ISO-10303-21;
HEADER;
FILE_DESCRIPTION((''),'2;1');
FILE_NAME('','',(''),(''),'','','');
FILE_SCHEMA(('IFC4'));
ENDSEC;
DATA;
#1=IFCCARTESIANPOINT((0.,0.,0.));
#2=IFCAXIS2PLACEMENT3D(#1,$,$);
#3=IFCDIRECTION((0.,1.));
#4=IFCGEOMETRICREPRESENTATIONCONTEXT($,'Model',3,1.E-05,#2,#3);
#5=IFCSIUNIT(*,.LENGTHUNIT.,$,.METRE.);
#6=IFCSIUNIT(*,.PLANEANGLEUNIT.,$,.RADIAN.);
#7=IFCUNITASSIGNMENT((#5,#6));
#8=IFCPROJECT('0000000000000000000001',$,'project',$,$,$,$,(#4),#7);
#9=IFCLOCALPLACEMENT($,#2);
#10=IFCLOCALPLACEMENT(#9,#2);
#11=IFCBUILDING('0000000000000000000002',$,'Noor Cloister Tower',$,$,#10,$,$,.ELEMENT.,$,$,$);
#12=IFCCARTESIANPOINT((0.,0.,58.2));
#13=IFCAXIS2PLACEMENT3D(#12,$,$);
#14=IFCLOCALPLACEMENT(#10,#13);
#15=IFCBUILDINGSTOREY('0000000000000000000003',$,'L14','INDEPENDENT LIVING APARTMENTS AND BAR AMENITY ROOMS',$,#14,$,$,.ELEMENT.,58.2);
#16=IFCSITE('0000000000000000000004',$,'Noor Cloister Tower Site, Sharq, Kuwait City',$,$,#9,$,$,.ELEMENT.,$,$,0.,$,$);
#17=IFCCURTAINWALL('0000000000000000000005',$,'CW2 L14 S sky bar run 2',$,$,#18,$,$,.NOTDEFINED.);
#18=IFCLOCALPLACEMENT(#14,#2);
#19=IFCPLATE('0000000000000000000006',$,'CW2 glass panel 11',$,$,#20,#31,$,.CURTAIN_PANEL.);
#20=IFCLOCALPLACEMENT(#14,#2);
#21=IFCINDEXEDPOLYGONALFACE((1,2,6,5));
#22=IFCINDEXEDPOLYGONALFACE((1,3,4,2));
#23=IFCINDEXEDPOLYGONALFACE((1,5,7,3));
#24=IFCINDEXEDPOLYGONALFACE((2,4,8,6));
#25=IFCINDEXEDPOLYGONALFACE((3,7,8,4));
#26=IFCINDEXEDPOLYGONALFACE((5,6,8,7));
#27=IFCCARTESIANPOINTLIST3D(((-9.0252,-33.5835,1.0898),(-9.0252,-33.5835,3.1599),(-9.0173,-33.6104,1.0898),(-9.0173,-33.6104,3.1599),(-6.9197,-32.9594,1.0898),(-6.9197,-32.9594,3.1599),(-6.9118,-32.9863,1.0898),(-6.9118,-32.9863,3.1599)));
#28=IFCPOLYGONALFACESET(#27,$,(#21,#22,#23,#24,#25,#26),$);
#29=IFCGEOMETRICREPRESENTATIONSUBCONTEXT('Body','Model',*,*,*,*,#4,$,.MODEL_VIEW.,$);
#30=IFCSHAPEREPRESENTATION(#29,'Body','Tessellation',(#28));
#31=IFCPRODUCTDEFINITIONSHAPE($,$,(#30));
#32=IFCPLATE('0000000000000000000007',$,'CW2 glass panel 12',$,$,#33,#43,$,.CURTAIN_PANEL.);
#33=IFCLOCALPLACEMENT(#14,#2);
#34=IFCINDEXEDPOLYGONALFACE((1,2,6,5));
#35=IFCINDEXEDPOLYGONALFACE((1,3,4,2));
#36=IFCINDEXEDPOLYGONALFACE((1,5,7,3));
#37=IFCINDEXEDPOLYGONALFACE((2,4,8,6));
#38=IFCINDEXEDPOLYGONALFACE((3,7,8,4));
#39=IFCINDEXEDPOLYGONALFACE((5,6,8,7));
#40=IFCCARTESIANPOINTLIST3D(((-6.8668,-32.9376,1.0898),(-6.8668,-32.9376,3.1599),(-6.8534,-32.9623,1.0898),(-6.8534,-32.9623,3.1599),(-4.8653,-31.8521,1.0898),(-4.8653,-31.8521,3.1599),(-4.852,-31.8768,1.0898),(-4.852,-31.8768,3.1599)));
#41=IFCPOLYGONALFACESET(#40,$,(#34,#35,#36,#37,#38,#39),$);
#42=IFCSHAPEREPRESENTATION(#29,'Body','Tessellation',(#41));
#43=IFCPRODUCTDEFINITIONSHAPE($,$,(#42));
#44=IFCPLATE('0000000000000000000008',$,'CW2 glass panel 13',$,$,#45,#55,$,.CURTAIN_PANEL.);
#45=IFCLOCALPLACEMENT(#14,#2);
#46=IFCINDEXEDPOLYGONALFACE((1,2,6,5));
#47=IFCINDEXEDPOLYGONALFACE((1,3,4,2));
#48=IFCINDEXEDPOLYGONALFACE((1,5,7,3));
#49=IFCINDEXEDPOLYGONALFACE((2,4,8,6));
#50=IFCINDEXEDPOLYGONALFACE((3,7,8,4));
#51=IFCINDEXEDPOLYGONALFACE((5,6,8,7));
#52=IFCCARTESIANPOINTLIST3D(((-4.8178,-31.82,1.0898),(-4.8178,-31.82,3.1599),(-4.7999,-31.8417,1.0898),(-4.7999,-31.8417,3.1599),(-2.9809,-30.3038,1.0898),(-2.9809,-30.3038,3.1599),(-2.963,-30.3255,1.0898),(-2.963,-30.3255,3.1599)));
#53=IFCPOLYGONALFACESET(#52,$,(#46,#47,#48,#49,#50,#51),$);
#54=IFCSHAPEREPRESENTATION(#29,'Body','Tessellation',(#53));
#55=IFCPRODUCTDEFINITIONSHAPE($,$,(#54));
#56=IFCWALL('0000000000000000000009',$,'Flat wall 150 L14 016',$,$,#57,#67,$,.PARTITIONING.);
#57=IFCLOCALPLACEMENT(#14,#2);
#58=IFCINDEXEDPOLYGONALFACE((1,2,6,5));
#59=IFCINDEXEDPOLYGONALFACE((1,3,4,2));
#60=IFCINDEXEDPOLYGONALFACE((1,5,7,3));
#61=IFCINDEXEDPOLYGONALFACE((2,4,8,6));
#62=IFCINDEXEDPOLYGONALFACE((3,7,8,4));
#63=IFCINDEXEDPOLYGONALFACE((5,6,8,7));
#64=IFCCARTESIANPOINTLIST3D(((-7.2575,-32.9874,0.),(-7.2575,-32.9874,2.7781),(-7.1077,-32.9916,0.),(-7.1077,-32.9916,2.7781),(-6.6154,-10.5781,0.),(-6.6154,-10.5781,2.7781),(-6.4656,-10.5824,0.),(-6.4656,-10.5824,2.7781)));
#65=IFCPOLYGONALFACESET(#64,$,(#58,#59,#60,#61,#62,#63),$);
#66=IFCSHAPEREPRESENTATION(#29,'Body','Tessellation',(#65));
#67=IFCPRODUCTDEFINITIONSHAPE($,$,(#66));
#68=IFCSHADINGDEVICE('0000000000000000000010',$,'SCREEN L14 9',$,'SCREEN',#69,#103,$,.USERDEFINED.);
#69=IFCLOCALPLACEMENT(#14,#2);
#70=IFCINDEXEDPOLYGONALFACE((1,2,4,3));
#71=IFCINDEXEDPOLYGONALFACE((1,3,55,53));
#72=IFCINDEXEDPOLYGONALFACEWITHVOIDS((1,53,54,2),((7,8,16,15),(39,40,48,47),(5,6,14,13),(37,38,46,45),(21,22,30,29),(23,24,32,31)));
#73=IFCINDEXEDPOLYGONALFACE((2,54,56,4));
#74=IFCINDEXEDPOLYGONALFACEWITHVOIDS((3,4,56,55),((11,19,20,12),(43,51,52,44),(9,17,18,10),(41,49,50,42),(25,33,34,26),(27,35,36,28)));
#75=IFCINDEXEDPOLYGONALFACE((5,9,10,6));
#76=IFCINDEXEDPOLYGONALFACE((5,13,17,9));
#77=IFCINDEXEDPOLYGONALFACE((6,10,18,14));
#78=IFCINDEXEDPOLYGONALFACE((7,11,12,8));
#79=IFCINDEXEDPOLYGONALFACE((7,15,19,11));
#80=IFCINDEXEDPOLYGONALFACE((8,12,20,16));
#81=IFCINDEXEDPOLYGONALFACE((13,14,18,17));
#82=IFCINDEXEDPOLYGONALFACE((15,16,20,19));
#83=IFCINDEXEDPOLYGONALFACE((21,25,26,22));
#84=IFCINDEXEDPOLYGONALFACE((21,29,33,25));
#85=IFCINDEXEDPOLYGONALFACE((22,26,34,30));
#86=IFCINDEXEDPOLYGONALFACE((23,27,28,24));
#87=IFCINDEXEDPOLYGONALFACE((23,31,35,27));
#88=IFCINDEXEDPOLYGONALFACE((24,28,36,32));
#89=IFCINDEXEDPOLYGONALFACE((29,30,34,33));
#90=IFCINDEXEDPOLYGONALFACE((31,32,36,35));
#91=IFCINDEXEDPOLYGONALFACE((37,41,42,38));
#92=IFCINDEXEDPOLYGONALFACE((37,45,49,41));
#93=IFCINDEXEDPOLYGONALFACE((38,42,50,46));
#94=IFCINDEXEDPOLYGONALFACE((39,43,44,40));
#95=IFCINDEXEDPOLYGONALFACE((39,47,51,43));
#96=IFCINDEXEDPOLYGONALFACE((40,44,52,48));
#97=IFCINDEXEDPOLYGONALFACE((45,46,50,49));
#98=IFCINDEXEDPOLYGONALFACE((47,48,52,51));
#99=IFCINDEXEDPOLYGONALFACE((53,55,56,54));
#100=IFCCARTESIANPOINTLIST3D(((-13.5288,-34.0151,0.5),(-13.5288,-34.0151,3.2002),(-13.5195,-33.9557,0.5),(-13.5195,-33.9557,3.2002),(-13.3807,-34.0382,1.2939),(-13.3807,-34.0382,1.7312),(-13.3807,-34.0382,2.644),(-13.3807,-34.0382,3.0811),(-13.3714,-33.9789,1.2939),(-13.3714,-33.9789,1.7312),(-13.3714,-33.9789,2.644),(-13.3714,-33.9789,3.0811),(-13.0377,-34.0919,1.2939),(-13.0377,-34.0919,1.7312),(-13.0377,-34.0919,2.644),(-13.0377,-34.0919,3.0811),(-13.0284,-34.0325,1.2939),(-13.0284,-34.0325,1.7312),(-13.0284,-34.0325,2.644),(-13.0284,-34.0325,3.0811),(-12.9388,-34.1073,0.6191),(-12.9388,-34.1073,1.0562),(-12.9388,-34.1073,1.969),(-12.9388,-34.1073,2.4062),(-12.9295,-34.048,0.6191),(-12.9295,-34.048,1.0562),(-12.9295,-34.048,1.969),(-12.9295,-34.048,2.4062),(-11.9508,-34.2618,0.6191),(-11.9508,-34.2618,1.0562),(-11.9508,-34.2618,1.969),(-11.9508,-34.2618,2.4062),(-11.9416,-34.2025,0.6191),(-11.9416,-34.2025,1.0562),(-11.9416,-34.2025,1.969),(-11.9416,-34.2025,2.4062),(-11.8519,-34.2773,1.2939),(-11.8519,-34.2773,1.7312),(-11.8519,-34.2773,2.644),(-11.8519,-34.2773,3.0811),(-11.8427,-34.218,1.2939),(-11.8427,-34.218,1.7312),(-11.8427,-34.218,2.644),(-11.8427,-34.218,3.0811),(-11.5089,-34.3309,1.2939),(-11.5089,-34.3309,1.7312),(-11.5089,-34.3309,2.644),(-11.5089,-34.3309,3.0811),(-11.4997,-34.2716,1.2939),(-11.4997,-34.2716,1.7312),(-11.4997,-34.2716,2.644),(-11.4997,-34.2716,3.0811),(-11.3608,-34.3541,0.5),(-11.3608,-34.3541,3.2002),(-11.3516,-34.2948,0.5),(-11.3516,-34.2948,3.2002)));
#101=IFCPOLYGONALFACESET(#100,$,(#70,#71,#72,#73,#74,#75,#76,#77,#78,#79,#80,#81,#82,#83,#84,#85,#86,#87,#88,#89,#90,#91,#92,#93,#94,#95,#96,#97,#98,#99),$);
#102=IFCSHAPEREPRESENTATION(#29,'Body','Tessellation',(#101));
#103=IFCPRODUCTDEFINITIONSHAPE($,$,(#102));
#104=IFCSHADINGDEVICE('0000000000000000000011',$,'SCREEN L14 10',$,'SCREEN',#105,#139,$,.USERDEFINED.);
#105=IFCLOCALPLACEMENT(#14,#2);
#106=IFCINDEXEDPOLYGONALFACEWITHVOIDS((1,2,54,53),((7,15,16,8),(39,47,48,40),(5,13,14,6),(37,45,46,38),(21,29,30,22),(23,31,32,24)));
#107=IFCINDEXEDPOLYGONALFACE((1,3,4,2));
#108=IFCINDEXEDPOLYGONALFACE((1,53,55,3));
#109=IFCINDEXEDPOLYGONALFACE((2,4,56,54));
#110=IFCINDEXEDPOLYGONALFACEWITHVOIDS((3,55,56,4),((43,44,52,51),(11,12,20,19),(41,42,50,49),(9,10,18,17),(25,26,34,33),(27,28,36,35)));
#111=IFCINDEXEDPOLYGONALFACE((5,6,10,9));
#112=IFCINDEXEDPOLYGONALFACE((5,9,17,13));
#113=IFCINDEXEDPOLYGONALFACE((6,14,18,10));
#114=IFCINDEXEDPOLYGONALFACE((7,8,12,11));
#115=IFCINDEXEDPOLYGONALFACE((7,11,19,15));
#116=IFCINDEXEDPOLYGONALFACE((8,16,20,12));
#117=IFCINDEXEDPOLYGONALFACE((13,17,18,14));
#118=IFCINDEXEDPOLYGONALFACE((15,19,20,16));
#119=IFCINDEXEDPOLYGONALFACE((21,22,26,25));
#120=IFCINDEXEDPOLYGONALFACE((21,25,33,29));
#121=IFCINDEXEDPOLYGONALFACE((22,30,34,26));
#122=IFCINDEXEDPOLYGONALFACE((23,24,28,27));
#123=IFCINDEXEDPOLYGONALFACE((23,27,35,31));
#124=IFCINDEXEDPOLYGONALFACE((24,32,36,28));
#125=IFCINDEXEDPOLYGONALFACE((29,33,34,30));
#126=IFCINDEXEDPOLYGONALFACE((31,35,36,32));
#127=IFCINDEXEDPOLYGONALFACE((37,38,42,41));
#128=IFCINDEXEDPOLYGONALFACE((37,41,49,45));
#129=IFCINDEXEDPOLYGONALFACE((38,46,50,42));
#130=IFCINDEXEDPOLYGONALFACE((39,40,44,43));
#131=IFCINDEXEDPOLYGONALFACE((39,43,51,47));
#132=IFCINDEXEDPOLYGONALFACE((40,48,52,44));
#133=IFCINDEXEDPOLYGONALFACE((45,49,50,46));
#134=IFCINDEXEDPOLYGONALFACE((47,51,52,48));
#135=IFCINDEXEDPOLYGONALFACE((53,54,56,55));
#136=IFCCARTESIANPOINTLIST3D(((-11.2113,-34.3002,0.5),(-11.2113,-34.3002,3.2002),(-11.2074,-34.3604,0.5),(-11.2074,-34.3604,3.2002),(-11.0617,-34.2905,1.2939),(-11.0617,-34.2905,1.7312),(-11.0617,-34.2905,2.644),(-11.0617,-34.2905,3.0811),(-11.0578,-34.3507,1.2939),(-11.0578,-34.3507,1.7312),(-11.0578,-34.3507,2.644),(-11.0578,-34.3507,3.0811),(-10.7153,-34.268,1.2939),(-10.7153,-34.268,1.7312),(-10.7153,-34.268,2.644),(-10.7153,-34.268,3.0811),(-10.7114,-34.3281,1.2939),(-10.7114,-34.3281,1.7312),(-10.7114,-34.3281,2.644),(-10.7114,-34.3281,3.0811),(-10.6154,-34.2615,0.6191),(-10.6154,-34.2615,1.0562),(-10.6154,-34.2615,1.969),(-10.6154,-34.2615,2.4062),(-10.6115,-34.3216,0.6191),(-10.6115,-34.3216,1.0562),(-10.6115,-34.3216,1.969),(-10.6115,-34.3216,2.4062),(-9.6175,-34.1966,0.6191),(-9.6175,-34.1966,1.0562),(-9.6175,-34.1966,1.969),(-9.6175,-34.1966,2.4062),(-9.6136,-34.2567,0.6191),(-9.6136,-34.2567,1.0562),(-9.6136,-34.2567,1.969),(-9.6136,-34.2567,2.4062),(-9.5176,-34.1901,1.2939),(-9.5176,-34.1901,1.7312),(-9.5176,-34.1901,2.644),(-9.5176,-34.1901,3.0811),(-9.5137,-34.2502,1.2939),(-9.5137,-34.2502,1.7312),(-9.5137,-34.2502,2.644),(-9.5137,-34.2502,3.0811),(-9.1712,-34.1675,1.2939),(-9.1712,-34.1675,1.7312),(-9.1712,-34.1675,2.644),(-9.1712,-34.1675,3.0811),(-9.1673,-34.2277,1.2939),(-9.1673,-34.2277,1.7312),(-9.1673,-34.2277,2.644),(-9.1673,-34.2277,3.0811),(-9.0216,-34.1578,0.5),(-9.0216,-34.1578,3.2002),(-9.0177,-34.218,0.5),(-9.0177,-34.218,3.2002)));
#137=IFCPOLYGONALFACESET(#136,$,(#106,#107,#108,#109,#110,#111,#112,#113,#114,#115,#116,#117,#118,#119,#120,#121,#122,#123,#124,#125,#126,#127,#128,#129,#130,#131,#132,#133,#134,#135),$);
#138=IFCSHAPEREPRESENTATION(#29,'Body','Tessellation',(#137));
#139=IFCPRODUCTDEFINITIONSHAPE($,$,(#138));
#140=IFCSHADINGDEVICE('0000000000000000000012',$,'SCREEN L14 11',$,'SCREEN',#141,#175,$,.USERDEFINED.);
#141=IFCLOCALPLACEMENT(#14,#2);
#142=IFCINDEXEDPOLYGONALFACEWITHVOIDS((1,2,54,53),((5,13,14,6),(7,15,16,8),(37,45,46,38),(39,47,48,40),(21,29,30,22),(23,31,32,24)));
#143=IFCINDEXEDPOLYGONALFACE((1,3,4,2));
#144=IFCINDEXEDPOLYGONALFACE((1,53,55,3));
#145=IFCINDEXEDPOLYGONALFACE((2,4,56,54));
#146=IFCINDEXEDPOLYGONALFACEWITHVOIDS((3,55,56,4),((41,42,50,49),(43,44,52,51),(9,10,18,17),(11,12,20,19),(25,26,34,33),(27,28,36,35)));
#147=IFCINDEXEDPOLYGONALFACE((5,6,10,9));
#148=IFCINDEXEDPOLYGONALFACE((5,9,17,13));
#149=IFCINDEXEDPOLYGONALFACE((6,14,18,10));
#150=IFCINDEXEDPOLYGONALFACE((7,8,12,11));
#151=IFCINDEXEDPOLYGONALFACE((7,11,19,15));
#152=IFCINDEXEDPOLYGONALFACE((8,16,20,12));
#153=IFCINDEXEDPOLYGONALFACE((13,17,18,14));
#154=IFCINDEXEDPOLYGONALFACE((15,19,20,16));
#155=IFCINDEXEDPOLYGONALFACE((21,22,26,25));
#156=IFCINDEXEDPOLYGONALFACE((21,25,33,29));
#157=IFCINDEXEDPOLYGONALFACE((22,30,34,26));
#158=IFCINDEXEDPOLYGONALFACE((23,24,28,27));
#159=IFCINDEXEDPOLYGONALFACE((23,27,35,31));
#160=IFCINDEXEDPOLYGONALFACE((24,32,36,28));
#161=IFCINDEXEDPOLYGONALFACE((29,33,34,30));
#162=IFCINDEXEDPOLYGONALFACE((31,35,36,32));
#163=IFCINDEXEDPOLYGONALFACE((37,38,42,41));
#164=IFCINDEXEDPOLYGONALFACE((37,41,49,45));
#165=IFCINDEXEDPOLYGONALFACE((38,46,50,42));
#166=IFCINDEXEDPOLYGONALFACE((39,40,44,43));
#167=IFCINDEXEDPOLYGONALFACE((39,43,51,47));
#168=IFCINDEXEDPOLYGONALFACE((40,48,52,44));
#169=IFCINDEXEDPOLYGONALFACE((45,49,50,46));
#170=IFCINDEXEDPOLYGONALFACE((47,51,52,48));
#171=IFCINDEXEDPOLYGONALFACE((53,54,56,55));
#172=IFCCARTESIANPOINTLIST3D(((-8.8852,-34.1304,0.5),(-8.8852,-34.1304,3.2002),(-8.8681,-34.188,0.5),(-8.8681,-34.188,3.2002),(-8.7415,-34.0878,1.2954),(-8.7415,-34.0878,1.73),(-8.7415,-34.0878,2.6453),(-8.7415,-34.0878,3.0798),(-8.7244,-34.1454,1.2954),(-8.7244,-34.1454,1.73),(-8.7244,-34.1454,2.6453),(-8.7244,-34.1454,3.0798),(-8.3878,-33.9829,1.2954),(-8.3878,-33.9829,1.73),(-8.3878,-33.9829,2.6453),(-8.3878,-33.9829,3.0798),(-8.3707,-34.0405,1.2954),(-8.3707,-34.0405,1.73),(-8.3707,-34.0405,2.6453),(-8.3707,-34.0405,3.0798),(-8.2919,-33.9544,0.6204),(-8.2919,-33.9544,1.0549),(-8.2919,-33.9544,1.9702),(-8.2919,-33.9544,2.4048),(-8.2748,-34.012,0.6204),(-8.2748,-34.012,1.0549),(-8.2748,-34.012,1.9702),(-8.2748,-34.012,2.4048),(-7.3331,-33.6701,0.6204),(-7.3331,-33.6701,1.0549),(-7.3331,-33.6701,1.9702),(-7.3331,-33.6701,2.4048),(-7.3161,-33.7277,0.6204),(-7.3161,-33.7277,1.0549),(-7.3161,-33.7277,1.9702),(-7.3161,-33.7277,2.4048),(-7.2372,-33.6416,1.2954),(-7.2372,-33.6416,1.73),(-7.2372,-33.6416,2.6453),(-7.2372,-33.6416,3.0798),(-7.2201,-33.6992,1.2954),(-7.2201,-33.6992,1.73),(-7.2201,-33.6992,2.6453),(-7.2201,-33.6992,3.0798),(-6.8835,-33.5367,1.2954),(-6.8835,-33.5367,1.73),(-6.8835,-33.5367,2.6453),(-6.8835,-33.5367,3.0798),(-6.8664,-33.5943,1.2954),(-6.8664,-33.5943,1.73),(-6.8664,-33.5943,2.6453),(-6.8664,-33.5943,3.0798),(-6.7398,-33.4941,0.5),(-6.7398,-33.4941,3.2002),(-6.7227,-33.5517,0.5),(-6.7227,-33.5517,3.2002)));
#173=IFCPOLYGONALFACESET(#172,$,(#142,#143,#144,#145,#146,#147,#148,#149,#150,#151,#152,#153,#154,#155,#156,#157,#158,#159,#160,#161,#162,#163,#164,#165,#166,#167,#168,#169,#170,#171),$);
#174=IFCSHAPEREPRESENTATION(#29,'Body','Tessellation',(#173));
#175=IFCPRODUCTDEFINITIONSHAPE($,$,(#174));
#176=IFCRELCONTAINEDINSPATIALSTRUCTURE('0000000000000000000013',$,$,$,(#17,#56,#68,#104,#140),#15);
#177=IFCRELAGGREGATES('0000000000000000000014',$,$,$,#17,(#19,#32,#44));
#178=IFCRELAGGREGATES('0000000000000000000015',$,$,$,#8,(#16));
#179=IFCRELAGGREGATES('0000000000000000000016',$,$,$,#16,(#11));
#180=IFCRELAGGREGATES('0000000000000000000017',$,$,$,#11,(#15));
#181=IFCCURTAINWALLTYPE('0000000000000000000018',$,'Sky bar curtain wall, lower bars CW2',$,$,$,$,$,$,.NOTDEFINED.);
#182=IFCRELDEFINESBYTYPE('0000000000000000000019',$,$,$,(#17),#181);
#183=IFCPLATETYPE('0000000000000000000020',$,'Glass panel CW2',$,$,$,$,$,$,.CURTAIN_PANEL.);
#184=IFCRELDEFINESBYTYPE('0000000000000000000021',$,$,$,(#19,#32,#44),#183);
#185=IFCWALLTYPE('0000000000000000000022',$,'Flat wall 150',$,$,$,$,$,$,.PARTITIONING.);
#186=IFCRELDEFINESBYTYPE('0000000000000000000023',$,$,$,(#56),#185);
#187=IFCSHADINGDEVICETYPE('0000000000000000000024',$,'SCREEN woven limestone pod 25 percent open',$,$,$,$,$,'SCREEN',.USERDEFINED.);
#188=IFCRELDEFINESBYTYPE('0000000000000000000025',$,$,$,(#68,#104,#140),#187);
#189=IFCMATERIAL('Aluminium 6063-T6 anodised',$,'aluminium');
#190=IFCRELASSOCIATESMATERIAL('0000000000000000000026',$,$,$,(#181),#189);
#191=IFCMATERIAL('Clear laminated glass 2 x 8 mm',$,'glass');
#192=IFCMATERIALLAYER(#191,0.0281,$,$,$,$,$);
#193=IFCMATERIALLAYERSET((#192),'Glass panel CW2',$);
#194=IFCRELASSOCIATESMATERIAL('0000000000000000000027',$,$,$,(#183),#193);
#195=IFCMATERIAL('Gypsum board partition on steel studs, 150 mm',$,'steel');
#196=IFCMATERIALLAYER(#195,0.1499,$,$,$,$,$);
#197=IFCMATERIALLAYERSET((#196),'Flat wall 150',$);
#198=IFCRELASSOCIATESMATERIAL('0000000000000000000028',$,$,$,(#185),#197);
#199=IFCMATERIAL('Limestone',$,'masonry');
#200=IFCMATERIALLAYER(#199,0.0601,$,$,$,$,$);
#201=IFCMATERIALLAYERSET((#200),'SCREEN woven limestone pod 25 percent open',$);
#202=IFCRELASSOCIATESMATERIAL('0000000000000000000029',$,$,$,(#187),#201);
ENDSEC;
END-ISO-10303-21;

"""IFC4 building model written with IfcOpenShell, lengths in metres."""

from ifc_helpers import new_model, si_unit, direction, frame, frame_2d, origin, origin_2d, place, context, subcontext, project, spatial, polyline, rectangle, outline, extrude, material, layer, layer_set, type_object, element, aggregate, save


model = new_model("IFC4")

# Units and contexts
model_context = context("Model", 3, precision=1e-05, world=origin(), true_north=direction((0.0, 1.0)))
body_context = subcontext(model_context, "Body", "Model", "MODEL_VIEW")
ifc_project = project(units=[si_unit("LENGTHUNIT", "METRE"), si_unit("PLANEANGLEUNIT", "RADIAN")], contexts=[model_context])

# Site, building, storey
site_placement = place(None, origin())
site = spatial("IfcSite", under=ifc_project, at=site_placement, Name="Noor Cloister Tower Site, Sharq, Kuwait City", CompositionType="ELEMENT", RefElevation=0.0)
building_placement = place(site_placement, origin())
building = spatial("IfcBuilding", under=site, at=building_placement, Name="Noor Cloister Tower", CompositionType="ELEMENT")
storey_placement = place(building_placement, frame((0.0, 0.0, 58.2)))
storey = spatial("IfcBuildingStorey", under=building, at=storey_placement, Name="L14", Description="INDEPENDENT LIVING APARTMENTS AND BAR AMENITY ROOMS", CompositionType="ELEMENT", Elevation=58.2)

# Curtain wall, plates
ifc_material_1 = material(Name="Aluminium 6063-T6 anodised", Category="aluminium")
curtain_wall_type = type_object("IfcCurtainWallType", Name="Sky bar curtain wall, lower bars CW2", PredefinedType="NOTDEFINED", material=ifc_material_1)
curtain_wall_placement = place(storey_placement, origin())
curtain_wall = element("IfcCurtainWall", 1, at=curtain_wall_placement, inside=storey, type_object=curtain_wall_type, Name="CW2 L14 S sky bar run 2", PredefinedType="NOTDEFINED")
ifc_material_2 = material(Name="Clear laminated glass 2 x 8 mm", Category="glass")
ifc_layer_1 = layer(ifc_material_2, 0.0281)
ifc_layer_set_1 = layer_set([ifc_layer_1], Name="Glass panel CW2")
plate_type = type_object("IfcPlateType", Name="Glass panel CW2", PredefinedType="CURTAIN_PANEL", material=ifc_layer_set_1)
plate_1_placement = place(storey_placement, frame((-7.9685, -33.2849, 1.0898), z_axis=(0.0, 0.0, 1.0), x_axis=(0.958768, 0.284191, 0.0)))
plate_1 = element("IfcPlate", 2, at=plate_1_placement, type_object=plate_type, Name="CW2 glass panel 11", PredefinedType="CURTAIN_PANEL", context=body_context, shape_type="SweptSolid", body=[
    extrude(rectangle(XDim=2.196, YDim=0.0281, at=origin_2d()), origin(), (0.0, 0.0, 1.0), 2.0701),
])
plate_2_placement = place(storey_placement, frame((-5.8594, -32.4072, 1.0898), z_axis=(0.0, 0.0, 1.0), x_axis=(0.879037, 0.476753, 0.0)))
plate_2 = element("IfcPlate", 3, at=plate_2_placement, type_object=plate_type, Name="CW2 glass panel 12", PredefinedType="CURTAIN_PANEL", context=body_context, shape_type="SweptSolid", body=[
    extrude(rectangle(XDim=2.2769, YDim=0.0281, at=origin_2d()), origin(), (0.0, 0.0, 1.0), 2.0701),
])
plate_3_placement = place(storey_placement, frame((-3.8904, -31.0728, 1.0898), z_axis=(0.0, 0.0, 1.0), x_axis=(0.771217, 0.636572, 0.0)))
plate_3 = element("IfcPlate", 4, at=plate_3_placement, type_object=plate_type, Name="CW2 glass panel 13", PredefinedType="CURTAIN_PANEL", context=body_context, shape_type="SweptSolid", body=[
    extrude(rectangle(XDim=2.3818, YDim=0.0281, at=origin_2d()), origin(), (0.0, 0.0, 1.0), 2.0701),
])
aggregate(curtain_wall, [plate_1, plate_2, plate_3])

# Wall
ifc_material_3 = material(Name="Gypsum board partition on steel studs, 150 mm", Category="steel")
ifc_layer_2 = layer(ifc_material_3, 0.1499)
ifc_layer_set_2 = layer_set([ifc_layer_2], Name="Flat wall 150")
wall_type = type_object("IfcWallType", Name="Flat wall 150", PredefinedType="PARTITIONING", material=ifc_layer_set_2)
wall_placement = place(storey_placement, frame((-7.1826, -32.9895, 0.0), z_axis=(0.0, 0.0, 1.0), x_axis=(0.028641, 0.99959, 0.0)))
element("IfcWall", 5, at=wall_placement, inside=storey, type_object=wall_type, Name="Flat wall 150 L14 016", PredefinedType="PARTITIONING", context=body_context, shape_type="SweptSolid", body=[
    extrude(rectangle(XDim=22.4185, YDim=0.1499, at=frame_2d((11.2092, 0.0))), origin(), (0.0, 0.0, 1.0), 2.7781),
])

# Shading devices
ifc_material_4 = material(Name="Limestone", Category="masonry")
ifc_layer_3 = layer(ifc_material_4, 0.0601)
ifc_layer_set_3 = layer_set([ifc_layer_3], Name="SCREEN woven limestone pod 25 percent open")
shading_device_type = type_object("IfcShadingDeviceType", Name="SCREEN woven limestone pod 25 percent open", ElementType="SCREEN", PredefinedType="USERDEFINED", material=ifc_layer_set_3)
shading_device_1_placement = place(storey_placement, frame((-12.4355, -34.1252, 1.8501), z_axis=(-0.154501, -0.987993, 0.0), x_axis=(0.987993, -0.154501, 0.0)))
element("IfcShadingDevice", 6, at=shading_device_1_placement, inside=storey, type_object=shading_device_type, Name="SCREEN L14 9", ObjectType="SCREEN", PredefinedType="USERDEFINED", context=body_context, shape_type="SweptSolid", body=[
    extrude(outline(polyline([(-1.0972, -1.3501), (1.0972, -1.3501), (1.0972, 1.3501), (-1.0972, 1.3501), (-1.0972, -1.3501)]), holes=[polyline([(-0.5, -1.231), (0.5, -1.231), (0.5, -0.7939), (-0.5, -0.7939), (-0.5, -1.231)]), polyline([(0.6001, -0.5562), (0.9473, -0.5562), (0.9473, -0.1189), (0.6001, -0.1189), (0.6001, -0.5562)]), polyline([(-0.9473, -0.5562), (-0.6001, -0.5562), (-0.6001, -0.1189), (-0.9473, -0.1189), (-0.9473, -0.5562)]), polyline([(-0.5, 0.1189), (0.5, 0.1189), (0.5, 0.5562), (-0.5, 0.5562), (-0.5, 0.1189)]), polyline([(0.6001, 0.7939), (0.9473, 0.7939), (0.9473, 1.231), (0.6001, 1.231), (0.6001, 0.7939)]), polyline([(-0.9473, 0.7939), (-0.6001, 0.7939), (-0.6001, 1.231), (-0.9473, 1.231), (-0.9473, 0.7939)])]), origin(), (0.0, 0.0, 1.0), 0.0601),
])
shading_device_2_placement = place(storey_placement, frame((-10.1165, -34.229, 1.8501), z_axis=(0.064904, -0.997892, 0.0), x_axis=(0.997892, 0.064904, 0.0)))
element("IfcShadingDevice", 7, at=shading_device_2_placement, inside=storey, type_object=shading_device_type, Name="SCREEN L14 10", ObjectType="SCREEN", PredefinedType="USERDEFINED", context=body_context, shape_type="SweptSolid", body=[
    extrude(outline(polyline([(-1.0972, -1.3501), (1.0972, -1.3501), (1.0972, 1.3501), (-1.0972, 1.3501), (-1.0972, -1.3501)]), holes=[polyline([(-0.5, -1.231), (0.5, -1.231), (0.5, -0.7939), (-0.5, -0.7939), (-0.5, -1.231)]), polyline([(0.6001, -0.5562), (0.9473, -0.5562), (0.9473, -0.1189), (0.6001, -0.1189), (0.6001, -0.5562)]), polyline([(-0.9473, -0.5562), (-0.6001, -0.5562), (-0.6001, -0.1189), (-0.9473, -0.1189), (-0.9473, -0.5562)]), polyline([(-0.5, 0.1189), (0.5, 0.1189), (0.5, 0.5562), (-0.5, 0.5562), (-0.5, 0.1189)]), polyline([(0.6001, 0.7939), (0.9473, 0.7939), (0.9473, 1.231), (0.6001, 1.231), (0.6001, 0.7939)]), polyline([(-0.9473, 0.7939), (-0.6001, 0.7939), (-0.6001, 1.231), (-0.9473, 1.231), (-0.9473, 0.7939)])]), origin(), (0.0, 0.0, 1.0), 0.0603),
])
shading_device_3_placement = place(storey_placement, frame((-7.8125, -33.8123, 1.8501), z_axis=(0.284365, -0.958716, 0.0), x_axis=(0.958716, 0.284365, 0.0)))
element("IfcShadingDevice", 8, at=shading_device_3_placement, inside=storey, type_object=shading_device_type, Name="SCREEN L14 11", ObjectType="SCREEN", PredefinedType="USERDEFINED", context=body_context, shape_type="SweptSolid", body=[
    extrude(outline(polyline([(-1.1189, -1.3501), (1.1189, -1.3501), (1.1189, 1.3501), (-1.1189, 1.3501), (-1.1189, -1.3501)]), holes=[polyline([(-0.5, -1.2297), (0.5, -1.2297), (0.5, -0.7952), (-0.5, -0.7952), (-0.5, -1.2297)]), polyline([(0.6001, -0.5547), (0.969, -0.5547), (0.969, -0.1201), (0.6001, -0.1201), (0.6001, -0.5547)]), polyline([(-0.969, -0.5547), (-0.6001, -0.5547), (-0.6001, -0.1201), (-0.969, -0.1201), (-0.969, -0.5547)]), polyline([(-0.5, 0.1201), (0.5, 0.1201), (0.5, 0.5547), (-0.5, 0.5547), (-0.5, 0.1201)]), polyline([(0.6001, 0.7952), (0.969, 0.7952), (0.969, 1.2297), (0.6001, 1.2297), (0.6001, 0.7952)]), polyline([(-0.969, 0.7952), (-0.6001, 0.7952), (-0.6001, 1.2297), (-0.969, 1.2297), (-0.969, 0.7952)])]), origin(), (0.0, 0.0, 1.0), 0.0601),
])

save(model, "model.ifc")
